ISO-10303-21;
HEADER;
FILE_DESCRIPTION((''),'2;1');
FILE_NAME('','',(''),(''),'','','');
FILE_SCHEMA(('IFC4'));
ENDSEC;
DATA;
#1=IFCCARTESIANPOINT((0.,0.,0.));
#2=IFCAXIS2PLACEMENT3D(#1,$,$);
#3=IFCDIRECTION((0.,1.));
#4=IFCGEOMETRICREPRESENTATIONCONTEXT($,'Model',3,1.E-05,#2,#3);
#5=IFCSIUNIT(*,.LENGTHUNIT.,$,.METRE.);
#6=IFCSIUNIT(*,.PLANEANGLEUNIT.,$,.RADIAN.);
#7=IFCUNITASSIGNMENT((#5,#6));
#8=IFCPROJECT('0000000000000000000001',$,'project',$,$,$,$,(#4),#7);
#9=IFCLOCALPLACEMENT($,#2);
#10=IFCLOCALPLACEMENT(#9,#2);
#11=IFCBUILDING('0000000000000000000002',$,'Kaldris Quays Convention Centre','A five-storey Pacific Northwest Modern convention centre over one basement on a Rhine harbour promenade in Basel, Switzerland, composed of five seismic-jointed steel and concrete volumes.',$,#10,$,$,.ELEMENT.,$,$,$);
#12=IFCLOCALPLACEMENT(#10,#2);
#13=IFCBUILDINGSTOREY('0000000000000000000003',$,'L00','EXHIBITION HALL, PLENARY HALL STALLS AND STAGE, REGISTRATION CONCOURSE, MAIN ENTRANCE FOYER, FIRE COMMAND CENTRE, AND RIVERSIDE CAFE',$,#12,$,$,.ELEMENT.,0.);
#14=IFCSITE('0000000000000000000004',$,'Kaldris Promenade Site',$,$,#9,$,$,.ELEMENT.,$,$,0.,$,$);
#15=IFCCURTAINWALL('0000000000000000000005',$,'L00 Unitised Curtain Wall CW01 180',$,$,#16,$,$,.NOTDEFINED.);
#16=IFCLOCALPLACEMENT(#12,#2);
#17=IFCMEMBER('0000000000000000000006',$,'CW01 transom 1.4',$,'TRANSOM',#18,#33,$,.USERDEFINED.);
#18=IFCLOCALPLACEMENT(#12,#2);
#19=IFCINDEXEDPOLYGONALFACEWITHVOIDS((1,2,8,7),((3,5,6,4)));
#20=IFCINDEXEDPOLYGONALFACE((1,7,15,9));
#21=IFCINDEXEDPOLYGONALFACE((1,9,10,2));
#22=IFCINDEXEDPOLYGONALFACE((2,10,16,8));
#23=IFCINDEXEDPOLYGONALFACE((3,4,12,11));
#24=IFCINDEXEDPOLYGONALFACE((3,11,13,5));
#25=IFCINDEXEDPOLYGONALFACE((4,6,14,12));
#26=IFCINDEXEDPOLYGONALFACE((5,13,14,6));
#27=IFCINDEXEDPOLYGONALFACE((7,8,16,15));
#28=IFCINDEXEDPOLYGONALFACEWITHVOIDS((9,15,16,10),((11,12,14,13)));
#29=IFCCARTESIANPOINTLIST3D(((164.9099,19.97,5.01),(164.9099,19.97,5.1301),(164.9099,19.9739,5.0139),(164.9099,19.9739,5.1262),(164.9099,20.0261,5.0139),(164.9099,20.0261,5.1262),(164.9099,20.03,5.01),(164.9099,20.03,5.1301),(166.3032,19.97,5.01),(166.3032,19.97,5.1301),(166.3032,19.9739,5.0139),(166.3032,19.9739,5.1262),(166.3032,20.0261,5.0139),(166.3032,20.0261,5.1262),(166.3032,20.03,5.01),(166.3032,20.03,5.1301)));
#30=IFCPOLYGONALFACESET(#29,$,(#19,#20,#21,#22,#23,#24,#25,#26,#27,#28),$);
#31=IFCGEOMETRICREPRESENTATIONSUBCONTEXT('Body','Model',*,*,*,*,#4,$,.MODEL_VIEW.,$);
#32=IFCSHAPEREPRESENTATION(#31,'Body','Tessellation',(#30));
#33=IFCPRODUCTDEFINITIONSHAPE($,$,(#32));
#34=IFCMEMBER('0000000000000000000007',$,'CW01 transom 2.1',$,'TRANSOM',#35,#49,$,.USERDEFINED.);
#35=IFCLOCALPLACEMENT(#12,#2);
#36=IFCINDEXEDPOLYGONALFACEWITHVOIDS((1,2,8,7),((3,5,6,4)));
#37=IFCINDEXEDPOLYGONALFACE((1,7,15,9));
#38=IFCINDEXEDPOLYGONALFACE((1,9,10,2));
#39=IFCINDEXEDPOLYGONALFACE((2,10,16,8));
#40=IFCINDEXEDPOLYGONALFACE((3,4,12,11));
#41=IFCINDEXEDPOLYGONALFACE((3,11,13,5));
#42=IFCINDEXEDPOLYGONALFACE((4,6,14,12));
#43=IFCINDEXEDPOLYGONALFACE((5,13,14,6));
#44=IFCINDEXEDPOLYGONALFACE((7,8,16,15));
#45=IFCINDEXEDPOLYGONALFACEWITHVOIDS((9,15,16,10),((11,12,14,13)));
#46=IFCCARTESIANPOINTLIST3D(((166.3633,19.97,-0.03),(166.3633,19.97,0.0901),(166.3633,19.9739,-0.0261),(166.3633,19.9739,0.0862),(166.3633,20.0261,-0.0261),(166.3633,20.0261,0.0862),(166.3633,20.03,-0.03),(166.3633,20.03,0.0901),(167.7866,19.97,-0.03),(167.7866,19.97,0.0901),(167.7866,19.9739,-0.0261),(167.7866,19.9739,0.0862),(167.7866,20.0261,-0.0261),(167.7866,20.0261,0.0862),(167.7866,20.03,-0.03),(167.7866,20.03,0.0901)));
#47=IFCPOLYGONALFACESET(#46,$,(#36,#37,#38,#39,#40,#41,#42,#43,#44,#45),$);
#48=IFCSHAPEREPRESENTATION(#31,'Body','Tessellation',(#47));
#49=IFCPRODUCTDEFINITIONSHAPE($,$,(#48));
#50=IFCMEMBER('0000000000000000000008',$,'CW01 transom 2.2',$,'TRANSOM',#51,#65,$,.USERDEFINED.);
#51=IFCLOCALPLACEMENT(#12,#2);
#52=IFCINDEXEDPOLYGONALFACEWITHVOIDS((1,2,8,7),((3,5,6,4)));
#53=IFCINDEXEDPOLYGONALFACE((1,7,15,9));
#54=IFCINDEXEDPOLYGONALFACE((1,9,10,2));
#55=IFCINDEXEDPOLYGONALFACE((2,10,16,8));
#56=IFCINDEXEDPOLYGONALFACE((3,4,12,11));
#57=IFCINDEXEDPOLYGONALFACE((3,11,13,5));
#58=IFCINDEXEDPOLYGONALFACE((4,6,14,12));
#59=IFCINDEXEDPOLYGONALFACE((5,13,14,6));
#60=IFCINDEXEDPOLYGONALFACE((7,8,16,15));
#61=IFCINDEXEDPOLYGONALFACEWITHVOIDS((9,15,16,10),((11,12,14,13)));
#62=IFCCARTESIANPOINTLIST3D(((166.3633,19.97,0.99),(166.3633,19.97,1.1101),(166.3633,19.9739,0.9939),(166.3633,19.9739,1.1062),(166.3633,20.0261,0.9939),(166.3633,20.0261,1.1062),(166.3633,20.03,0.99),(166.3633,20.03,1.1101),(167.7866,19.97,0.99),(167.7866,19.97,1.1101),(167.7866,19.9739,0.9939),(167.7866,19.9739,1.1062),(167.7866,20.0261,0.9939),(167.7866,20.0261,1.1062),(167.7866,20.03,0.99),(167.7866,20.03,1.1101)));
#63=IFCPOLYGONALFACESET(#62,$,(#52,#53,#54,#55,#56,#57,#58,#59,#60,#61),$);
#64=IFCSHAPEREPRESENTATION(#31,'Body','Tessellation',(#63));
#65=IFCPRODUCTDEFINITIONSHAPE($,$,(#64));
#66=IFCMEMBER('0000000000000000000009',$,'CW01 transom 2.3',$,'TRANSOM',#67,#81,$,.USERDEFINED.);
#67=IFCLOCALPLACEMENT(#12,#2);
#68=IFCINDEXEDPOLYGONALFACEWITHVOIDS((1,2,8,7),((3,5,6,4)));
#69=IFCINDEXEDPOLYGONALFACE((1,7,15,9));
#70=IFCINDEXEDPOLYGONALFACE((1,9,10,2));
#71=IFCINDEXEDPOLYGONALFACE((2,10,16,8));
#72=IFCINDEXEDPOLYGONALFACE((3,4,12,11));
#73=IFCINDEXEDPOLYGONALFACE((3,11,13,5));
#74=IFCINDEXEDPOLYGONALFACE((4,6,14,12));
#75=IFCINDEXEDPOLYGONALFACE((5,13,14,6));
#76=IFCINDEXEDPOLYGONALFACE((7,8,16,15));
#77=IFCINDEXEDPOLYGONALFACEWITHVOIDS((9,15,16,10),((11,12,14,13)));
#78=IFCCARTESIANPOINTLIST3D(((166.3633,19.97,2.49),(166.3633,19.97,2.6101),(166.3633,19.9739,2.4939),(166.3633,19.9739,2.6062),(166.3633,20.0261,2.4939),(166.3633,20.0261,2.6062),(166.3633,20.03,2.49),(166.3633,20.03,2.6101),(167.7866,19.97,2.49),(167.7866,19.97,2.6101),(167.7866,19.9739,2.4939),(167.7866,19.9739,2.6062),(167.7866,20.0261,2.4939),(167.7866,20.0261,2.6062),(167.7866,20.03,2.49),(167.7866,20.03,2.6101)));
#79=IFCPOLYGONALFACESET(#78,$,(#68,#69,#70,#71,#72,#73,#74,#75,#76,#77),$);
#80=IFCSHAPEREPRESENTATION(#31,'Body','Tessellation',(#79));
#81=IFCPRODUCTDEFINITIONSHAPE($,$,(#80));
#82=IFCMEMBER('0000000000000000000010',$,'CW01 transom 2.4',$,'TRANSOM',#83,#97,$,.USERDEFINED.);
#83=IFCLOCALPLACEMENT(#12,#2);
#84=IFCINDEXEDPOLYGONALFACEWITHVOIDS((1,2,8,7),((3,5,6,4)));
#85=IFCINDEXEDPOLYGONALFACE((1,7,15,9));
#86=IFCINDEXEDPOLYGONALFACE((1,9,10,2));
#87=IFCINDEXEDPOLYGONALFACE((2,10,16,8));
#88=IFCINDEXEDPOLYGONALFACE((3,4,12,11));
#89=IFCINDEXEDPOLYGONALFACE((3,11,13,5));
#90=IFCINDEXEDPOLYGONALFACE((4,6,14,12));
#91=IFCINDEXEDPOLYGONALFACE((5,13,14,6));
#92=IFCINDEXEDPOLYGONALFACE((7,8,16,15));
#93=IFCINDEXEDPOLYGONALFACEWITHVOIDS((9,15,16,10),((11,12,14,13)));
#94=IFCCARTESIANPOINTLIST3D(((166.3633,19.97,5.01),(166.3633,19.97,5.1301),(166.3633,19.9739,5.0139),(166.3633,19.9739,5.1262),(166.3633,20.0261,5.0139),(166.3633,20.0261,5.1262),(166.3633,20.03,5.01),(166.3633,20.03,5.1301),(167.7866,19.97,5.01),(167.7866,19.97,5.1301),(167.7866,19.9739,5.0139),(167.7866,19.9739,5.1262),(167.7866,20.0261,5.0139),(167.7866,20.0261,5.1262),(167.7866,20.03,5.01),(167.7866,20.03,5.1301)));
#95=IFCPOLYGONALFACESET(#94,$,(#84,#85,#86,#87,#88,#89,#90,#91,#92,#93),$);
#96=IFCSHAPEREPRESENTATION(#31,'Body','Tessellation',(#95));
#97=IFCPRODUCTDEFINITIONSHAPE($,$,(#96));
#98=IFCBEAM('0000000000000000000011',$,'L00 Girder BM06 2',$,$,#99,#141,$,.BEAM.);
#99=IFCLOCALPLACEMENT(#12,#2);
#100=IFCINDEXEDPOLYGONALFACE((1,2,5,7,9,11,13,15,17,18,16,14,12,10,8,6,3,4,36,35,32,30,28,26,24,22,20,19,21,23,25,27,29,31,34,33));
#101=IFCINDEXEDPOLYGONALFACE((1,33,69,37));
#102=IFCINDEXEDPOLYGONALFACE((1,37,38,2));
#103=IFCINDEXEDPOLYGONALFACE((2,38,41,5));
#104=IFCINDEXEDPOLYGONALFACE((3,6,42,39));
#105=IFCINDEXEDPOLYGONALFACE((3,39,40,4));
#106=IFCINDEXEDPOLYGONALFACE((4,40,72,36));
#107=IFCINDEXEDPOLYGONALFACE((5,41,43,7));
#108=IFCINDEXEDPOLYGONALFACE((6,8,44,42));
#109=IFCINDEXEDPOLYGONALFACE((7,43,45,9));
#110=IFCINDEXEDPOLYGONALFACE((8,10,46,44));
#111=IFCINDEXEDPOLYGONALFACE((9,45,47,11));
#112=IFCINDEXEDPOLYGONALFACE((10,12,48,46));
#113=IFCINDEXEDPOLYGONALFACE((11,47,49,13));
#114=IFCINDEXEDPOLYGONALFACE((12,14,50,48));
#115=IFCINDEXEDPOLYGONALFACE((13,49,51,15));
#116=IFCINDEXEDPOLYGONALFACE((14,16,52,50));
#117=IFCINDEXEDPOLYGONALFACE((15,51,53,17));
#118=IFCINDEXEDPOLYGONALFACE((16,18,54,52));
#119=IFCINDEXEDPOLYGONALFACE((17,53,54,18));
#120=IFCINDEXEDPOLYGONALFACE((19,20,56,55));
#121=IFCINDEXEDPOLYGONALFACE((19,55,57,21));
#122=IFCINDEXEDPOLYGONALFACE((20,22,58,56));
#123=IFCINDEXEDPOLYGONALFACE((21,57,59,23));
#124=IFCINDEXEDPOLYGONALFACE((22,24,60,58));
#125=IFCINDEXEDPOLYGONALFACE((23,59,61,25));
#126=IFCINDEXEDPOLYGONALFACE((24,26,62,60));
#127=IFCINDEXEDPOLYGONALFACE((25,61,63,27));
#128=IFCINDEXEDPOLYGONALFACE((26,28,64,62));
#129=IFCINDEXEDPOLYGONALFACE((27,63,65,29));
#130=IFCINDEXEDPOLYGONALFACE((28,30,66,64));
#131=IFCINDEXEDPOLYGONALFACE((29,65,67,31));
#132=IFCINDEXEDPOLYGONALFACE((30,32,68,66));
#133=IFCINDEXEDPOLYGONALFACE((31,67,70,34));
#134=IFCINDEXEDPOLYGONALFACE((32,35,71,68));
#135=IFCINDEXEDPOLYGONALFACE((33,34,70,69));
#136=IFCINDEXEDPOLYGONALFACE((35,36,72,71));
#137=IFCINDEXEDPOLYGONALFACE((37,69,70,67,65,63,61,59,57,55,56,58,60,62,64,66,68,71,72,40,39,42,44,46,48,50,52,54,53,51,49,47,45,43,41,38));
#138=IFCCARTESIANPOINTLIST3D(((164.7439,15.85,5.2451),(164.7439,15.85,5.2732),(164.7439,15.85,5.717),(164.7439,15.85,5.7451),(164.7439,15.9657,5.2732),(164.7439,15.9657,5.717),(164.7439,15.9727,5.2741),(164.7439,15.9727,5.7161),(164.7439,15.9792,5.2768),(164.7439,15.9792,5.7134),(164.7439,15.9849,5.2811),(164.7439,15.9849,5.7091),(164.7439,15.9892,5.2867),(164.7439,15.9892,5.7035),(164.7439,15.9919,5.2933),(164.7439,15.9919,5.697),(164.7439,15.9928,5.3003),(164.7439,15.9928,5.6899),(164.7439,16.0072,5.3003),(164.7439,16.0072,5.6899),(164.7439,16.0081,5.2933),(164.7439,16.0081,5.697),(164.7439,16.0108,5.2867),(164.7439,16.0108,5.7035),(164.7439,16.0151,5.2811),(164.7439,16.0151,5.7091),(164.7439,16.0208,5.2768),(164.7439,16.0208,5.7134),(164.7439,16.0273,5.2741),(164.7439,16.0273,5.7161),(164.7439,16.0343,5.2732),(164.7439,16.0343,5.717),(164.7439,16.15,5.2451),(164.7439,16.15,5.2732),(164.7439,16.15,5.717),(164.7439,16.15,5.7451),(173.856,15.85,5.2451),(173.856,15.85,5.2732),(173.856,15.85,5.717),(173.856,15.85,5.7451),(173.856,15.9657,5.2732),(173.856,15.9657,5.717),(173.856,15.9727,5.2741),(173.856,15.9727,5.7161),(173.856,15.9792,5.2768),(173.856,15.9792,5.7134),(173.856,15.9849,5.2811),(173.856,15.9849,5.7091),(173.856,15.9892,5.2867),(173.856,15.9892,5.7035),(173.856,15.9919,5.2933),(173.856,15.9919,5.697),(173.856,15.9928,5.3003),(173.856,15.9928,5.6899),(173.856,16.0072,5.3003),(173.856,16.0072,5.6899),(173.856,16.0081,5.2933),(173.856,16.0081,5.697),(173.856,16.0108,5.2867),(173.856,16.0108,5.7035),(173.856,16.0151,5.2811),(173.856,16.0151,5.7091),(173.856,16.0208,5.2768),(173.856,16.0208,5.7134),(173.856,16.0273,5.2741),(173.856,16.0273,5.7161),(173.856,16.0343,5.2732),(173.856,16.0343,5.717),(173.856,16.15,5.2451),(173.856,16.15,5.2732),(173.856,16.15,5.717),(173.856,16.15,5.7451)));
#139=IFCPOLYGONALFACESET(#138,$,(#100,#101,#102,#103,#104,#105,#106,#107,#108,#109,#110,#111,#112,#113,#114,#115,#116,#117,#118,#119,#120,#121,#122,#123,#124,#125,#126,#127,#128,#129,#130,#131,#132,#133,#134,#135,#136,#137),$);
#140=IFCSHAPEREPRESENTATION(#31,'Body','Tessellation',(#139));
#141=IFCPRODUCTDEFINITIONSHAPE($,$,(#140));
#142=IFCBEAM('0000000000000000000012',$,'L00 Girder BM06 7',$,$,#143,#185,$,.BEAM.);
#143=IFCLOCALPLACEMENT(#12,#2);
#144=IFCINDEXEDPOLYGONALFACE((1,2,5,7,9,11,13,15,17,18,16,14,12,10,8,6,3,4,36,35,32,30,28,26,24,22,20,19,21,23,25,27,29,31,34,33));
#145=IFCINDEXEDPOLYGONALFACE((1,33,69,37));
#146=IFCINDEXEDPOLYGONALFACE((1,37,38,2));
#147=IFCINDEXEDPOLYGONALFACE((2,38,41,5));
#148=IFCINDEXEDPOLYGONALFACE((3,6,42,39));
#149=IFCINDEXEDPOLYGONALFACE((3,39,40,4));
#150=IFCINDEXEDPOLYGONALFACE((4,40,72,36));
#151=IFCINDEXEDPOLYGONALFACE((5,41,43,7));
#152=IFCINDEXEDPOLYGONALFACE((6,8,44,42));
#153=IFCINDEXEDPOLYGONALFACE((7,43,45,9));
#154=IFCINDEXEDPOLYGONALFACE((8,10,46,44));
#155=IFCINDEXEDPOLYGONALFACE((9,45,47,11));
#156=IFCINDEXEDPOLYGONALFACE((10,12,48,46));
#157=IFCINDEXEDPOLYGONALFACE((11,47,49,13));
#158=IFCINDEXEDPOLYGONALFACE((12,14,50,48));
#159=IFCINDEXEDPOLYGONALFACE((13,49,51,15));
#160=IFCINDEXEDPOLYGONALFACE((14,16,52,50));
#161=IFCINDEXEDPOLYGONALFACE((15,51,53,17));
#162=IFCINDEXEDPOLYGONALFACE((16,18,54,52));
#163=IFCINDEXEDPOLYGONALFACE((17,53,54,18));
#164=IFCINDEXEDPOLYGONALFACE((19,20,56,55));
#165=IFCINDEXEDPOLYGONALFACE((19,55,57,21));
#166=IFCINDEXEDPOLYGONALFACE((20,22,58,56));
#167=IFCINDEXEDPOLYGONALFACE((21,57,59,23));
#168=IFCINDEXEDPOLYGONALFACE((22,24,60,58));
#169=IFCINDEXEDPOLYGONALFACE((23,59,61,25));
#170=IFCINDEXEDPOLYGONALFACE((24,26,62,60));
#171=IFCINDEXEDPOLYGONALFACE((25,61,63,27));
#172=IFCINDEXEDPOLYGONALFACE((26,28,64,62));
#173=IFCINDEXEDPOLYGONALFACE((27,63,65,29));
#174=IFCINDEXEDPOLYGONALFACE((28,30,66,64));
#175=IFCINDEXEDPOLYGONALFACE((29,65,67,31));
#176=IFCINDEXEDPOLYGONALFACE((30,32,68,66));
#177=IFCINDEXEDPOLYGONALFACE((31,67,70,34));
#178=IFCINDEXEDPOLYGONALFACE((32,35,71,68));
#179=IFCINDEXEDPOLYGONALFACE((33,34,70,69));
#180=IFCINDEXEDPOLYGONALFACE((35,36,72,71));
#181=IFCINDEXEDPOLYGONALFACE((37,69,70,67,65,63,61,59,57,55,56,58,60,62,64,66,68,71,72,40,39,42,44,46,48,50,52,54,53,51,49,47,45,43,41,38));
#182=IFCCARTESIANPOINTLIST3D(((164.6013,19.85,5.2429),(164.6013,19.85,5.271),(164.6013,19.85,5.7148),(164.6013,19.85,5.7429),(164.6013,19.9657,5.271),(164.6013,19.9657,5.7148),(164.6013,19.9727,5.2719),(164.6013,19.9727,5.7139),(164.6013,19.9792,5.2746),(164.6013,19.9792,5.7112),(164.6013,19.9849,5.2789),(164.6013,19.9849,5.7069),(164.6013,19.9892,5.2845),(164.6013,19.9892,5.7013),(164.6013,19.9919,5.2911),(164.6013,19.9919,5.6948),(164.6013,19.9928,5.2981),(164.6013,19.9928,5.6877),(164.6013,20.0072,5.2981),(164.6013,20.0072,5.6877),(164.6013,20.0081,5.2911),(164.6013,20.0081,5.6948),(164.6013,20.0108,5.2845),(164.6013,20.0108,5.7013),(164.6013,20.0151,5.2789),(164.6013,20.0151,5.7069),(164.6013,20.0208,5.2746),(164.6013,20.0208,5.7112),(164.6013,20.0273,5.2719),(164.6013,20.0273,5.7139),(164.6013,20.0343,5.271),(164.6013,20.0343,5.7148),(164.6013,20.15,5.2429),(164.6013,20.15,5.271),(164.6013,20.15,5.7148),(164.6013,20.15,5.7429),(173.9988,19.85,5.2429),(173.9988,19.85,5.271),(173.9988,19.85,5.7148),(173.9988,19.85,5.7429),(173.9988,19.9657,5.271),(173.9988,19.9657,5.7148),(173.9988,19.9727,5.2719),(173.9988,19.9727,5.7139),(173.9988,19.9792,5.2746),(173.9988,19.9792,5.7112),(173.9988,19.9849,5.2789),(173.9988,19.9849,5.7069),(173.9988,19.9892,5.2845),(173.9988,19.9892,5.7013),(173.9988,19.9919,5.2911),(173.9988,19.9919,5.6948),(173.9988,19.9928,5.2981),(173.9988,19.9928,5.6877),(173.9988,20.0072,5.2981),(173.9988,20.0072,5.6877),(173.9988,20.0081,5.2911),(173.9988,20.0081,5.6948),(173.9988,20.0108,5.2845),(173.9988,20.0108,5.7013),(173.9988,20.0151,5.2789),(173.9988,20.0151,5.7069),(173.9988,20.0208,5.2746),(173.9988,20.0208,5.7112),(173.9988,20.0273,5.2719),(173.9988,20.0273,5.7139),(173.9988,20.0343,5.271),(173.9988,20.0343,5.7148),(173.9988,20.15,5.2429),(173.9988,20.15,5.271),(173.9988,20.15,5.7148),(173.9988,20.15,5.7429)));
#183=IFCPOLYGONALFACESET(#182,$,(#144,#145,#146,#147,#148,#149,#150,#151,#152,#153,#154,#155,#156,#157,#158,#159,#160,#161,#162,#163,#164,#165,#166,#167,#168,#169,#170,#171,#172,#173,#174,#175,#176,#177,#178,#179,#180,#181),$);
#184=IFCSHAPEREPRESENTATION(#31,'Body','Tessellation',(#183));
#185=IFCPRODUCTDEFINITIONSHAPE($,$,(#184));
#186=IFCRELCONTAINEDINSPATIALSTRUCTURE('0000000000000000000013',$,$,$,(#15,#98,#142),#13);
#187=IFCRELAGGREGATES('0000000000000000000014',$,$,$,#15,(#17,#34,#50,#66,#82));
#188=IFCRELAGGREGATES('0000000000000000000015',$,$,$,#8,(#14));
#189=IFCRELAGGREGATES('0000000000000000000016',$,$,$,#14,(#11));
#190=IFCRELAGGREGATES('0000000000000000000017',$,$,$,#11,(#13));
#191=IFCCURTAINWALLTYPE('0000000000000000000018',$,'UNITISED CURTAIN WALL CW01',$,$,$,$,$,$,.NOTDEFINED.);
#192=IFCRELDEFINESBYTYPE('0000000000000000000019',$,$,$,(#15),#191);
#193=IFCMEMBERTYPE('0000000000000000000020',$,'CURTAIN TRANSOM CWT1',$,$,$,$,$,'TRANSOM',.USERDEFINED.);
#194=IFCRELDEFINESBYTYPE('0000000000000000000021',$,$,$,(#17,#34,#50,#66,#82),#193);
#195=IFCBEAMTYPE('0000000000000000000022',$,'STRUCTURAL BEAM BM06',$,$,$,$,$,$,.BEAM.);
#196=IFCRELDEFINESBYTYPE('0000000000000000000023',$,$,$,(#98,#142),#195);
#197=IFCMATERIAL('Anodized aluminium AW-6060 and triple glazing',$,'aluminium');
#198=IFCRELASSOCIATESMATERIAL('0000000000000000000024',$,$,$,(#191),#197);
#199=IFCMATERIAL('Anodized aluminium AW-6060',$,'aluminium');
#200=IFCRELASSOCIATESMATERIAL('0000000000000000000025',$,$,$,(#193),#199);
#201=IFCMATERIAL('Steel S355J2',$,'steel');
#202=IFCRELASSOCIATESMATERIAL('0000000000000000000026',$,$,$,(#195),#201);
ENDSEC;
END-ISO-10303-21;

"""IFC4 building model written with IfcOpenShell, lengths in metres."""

from ifc_helpers import new_model, si_unit, direction, frame, origin, origin_2d, place, context, subcontext, project, spatial, hollow_rectangle, i_section, extrude, material, material_profile, profile_set, type_object, element, aggregate, save


model = new_model("IFC4")

# Units and contexts
model_context = context("Model", 3, precision=1e-05, world=origin(), true_north=direction((0.0, 1.0)))
body_context = subcontext(model_context, "Body", "Model", "MODEL_VIEW")
ifc_project = project(units=[si_unit("LENGTHUNIT", "METRE"), si_unit("PLANEANGLEUNIT", "RADIAN")], contexts=[model_context])

# Site, building, storey
site_placement = place(None, origin())
site = spatial("IfcSite", under=ifc_project, at=site_placement, Name="Kaldris Promenade Site", CompositionType="ELEMENT", RefElevation=0.0)
building_placement = place(site_placement, origin())
building = spatial("IfcBuilding", under=site, at=building_placement, Name="Kaldris Quays Convention Centre", Description="A five-storey Pacific Northwest Modern convention centre over one basement on a Rhine harbour promenade in Basel, Switzerland, composed of five seismic-jointed steel and concrete volumes.", CompositionType="ELEMENT")
storey_placement = place(building_placement, origin())
storey = spatial("IfcBuildingStorey", under=building, at=storey_placement, Name="L00", Description="EXHIBITION HALL, PLENARY HALL STALLS AND STAGE, REGISTRATION CONCOURSE, MAIN ENTRANCE FOYER, FIRE COMMAND CENTRE, AND RIVERSIDE CAFE", CompositionType="ELEMENT", Elevation=0.0)

# Shared definitions
ifc_material_1 = material(Name="Steel S355J2", Category="steel")

# Curtain wall, members
ifc_material_2 = material(Name="Anodized aluminium AW-6060 and triple glazing", Category="aluminium")
curtain_wall_type = type_object("IfcCurtainWallType", Name="UNITISED CURTAIN WALL CW01", PredefinedType="NOTDEFINED", material=ifc_material_2)
curtain_wall_placement = place(storey_placement, origin())
curtain_wall = element("IfcCurtainWall", 1, at=curtain_wall_placement, inside=storey, type_object=curtain_wall_type, Name="L00 Unitised Curtain Wall CW01 180", PredefinedType="NOTDEFINED")
ifc_material_3 = material(Name="Anodized aluminium AW-6060", Category="aluminium")
ifc_material_profile_1 = material_profile(ifc_material_3, hollow_rectangle(XDim=0.0601, YDim=0.1201, WallThickness=0.0039, at=origin_2d()), Name="RHS 120x60x4")
ifc_profile_set_1 = profile_set([ifc_material_profile_1], Name="Anodized aluminium AW-6060")
member_type_1 = type_object("IfcMemberType", Name="CURTAIN TRANSOM CWT1", ElementType="TRANSOM", PredefinedType="USERDEFINED", material=ifc_profile_set_1)
member_1_placement = place(storey_placement, frame((164.9099, 20.0, 5.0701), z_axis=(1.0, 0.0, 0.0), x_axis=(0.0, 1.0, 0.0)))
member_1 = element("IfcMember", 2, at=member_1_placement, type_object=member_type_1, Name="CW01 transom 1.4", ObjectType="TRANSOM", PredefinedType="USERDEFINED", context=body_context, shape_type="SweptSolid", body=[
    extrude(hollow_rectangle(XDim=0.0601, YDim=0.1201, WallThickness=0.0039, at=origin_2d()), origin(), (0.0, 0.0, 1.0), 1.3933),
])
member_2_placement = place(storey_placement, frame((166.3633, 20.0, 0.03), z_axis=(1.0, 0.0, 0.0), x_axis=(0.0, 1.0, 0.0)))
member_2 = element("IfcMember", 3, at=member_2_placement, type_object=member_type_1, Name="CW01 transom 2.1", ObjectType="TRANSOM", PredefinedType="USERDEFINED", context=body_context, shape_type="SweptSolid", body=[
    extrude(hollow_rectangle(XDim=0.0601, YDim=0.1201, WallThickness=0.0039, at=origin_2d()), origin(), (0.0, 0.0, 1.0), 1.4233),
])
member_3_placement = place(storey_placement, frame((166.3633, 20.0, 1.05), z_axis=(1.0, 0.0, 0.0), x_axis=(0.0, 1.0, 0.0)))
member_3 = element("IfcMember", 4, at=member_3_placement, type_object=member_type_1, Name="CW01 transom 2.2", ObjectType="TRANSOM", PredefinedType="USERDEFINED", context=body_context, shape_type="SweptSolid", body=[
    extrude(hollow_rectangle(XDim=0.0601, YDim=0.1201, WallThickness=0.0039, at=origin_2d()), origin(), (0.0, 0.0, 1.0), 1.4233),
])
member_4_placement = place(storey_placement, frame((166.3633, 20.0, 2.55), z_axis=(1.0, 0.0, 0.0), x_axis=(0.0, 1.0, 0.0)))
member_4 = element("IfcMember", 5, at=member_4_placement, type_object=member_type_1, Name="CW01 transom 2.3", ObjectType="TRANSOM", PredefinedType="USERDEFINED", context=body_context, shape_type="SweptSolid", body=[
    extrude(hollow_rectangle(XDim=0.0601, YDim=0.1201, WallThickness=0.0039, at=origin_2d()), origin(), (0.0, 0.0, 1.0), 1.4233),
])
member_5_placement = place(storey_placement, frame((166.3633, 20.0, 5.0701), z_axis=(1.0, 0.0, 0.0), x_axis=(0.0, 1.0, 0.0)))
member_5 = element("IfcMember", 6, at=member_5_placement, type_object=member_type_1, Name="CW01 transom 2.4", ObjectType="TRANSOM", PredefinedType="USERDEFINED", context=body_context, shape_type="SweptSolid", body=[
    extrude(hollow_rectangle(XDim=0.0601, YDim=0.1201, WallThickness=0.0039, at=origin_2d()), origin(), (0.0, 0.0, 1.0), 1.4233),
])

# Beams
ifc_material_profile_2 = material_profile(ifc_material_1, i_section(OverallWidth=0.3, OverallDepth=0.5, WebThickness=0.0144, FlangeThickness=0.0281, FilletRadius=0.0271, at=origin_2d()), Name="HEB 500")
ifc_profile_set_2 = profile_set([ifc_material_profile_2], Name="Steel S355J2")
beam_type_1 = type_object("IfcBeamType", Name="STRUCTURAL BEAM BM06", PredefinedType="BEAM", material=ifc_profile_set_2)
beam_1_placement = place(storey_placement, frame((164.7439, 16.0, 5.4951), z_axis=(1.0, 0.0, 0.0), x_axis=(0.0, 1.0, 0.0)))
element("IfcBeam", 7, at=beam_1_placement, inside=storey, type_object=beam_type_1, Name="L00 Girder BM06 2", PredefinedType="BEAM", context=body_context, shape_type="SweptSolid", body=[
    extrude(i_section(OverallWidth=0.3, OverallDepth=0.5, WebThickness=0.0144, FlangeThickness=0.0281, FilletRadius=0.0271, at=origin_2d()), origin(), (0.0, 0.0, 1.0), 9.1121),
])
beam_2_placement = place(storey_placement, frame((164.6013, 20.0, 5.4929), z_axis=(1.0, 0.0, 0.0), x_axis=(0.0, 1.0, 0.0)))
element("IfcBeam", 8, at=beam_2_placement, inside=storey, type_object=beam_type_1, Name="L00 Girder BM06 7", PredefinedType="BEAM", context=body_context, shape_type="SweptSolid", body=[
    extrude(i_section(OverallWidth=0.3, OverallDepth=0.5, WebThickness=0.0144, FlangeThickness=0.0281, FilletRadius=0.0271, at=origin_2d()), origin(), (0.0, 0.0, 1.0), 9.3975),
])

aggregate(curtain_wall, [member_1, member_2, member_3, member_4, member_5])

save(model, "model.ifc")
